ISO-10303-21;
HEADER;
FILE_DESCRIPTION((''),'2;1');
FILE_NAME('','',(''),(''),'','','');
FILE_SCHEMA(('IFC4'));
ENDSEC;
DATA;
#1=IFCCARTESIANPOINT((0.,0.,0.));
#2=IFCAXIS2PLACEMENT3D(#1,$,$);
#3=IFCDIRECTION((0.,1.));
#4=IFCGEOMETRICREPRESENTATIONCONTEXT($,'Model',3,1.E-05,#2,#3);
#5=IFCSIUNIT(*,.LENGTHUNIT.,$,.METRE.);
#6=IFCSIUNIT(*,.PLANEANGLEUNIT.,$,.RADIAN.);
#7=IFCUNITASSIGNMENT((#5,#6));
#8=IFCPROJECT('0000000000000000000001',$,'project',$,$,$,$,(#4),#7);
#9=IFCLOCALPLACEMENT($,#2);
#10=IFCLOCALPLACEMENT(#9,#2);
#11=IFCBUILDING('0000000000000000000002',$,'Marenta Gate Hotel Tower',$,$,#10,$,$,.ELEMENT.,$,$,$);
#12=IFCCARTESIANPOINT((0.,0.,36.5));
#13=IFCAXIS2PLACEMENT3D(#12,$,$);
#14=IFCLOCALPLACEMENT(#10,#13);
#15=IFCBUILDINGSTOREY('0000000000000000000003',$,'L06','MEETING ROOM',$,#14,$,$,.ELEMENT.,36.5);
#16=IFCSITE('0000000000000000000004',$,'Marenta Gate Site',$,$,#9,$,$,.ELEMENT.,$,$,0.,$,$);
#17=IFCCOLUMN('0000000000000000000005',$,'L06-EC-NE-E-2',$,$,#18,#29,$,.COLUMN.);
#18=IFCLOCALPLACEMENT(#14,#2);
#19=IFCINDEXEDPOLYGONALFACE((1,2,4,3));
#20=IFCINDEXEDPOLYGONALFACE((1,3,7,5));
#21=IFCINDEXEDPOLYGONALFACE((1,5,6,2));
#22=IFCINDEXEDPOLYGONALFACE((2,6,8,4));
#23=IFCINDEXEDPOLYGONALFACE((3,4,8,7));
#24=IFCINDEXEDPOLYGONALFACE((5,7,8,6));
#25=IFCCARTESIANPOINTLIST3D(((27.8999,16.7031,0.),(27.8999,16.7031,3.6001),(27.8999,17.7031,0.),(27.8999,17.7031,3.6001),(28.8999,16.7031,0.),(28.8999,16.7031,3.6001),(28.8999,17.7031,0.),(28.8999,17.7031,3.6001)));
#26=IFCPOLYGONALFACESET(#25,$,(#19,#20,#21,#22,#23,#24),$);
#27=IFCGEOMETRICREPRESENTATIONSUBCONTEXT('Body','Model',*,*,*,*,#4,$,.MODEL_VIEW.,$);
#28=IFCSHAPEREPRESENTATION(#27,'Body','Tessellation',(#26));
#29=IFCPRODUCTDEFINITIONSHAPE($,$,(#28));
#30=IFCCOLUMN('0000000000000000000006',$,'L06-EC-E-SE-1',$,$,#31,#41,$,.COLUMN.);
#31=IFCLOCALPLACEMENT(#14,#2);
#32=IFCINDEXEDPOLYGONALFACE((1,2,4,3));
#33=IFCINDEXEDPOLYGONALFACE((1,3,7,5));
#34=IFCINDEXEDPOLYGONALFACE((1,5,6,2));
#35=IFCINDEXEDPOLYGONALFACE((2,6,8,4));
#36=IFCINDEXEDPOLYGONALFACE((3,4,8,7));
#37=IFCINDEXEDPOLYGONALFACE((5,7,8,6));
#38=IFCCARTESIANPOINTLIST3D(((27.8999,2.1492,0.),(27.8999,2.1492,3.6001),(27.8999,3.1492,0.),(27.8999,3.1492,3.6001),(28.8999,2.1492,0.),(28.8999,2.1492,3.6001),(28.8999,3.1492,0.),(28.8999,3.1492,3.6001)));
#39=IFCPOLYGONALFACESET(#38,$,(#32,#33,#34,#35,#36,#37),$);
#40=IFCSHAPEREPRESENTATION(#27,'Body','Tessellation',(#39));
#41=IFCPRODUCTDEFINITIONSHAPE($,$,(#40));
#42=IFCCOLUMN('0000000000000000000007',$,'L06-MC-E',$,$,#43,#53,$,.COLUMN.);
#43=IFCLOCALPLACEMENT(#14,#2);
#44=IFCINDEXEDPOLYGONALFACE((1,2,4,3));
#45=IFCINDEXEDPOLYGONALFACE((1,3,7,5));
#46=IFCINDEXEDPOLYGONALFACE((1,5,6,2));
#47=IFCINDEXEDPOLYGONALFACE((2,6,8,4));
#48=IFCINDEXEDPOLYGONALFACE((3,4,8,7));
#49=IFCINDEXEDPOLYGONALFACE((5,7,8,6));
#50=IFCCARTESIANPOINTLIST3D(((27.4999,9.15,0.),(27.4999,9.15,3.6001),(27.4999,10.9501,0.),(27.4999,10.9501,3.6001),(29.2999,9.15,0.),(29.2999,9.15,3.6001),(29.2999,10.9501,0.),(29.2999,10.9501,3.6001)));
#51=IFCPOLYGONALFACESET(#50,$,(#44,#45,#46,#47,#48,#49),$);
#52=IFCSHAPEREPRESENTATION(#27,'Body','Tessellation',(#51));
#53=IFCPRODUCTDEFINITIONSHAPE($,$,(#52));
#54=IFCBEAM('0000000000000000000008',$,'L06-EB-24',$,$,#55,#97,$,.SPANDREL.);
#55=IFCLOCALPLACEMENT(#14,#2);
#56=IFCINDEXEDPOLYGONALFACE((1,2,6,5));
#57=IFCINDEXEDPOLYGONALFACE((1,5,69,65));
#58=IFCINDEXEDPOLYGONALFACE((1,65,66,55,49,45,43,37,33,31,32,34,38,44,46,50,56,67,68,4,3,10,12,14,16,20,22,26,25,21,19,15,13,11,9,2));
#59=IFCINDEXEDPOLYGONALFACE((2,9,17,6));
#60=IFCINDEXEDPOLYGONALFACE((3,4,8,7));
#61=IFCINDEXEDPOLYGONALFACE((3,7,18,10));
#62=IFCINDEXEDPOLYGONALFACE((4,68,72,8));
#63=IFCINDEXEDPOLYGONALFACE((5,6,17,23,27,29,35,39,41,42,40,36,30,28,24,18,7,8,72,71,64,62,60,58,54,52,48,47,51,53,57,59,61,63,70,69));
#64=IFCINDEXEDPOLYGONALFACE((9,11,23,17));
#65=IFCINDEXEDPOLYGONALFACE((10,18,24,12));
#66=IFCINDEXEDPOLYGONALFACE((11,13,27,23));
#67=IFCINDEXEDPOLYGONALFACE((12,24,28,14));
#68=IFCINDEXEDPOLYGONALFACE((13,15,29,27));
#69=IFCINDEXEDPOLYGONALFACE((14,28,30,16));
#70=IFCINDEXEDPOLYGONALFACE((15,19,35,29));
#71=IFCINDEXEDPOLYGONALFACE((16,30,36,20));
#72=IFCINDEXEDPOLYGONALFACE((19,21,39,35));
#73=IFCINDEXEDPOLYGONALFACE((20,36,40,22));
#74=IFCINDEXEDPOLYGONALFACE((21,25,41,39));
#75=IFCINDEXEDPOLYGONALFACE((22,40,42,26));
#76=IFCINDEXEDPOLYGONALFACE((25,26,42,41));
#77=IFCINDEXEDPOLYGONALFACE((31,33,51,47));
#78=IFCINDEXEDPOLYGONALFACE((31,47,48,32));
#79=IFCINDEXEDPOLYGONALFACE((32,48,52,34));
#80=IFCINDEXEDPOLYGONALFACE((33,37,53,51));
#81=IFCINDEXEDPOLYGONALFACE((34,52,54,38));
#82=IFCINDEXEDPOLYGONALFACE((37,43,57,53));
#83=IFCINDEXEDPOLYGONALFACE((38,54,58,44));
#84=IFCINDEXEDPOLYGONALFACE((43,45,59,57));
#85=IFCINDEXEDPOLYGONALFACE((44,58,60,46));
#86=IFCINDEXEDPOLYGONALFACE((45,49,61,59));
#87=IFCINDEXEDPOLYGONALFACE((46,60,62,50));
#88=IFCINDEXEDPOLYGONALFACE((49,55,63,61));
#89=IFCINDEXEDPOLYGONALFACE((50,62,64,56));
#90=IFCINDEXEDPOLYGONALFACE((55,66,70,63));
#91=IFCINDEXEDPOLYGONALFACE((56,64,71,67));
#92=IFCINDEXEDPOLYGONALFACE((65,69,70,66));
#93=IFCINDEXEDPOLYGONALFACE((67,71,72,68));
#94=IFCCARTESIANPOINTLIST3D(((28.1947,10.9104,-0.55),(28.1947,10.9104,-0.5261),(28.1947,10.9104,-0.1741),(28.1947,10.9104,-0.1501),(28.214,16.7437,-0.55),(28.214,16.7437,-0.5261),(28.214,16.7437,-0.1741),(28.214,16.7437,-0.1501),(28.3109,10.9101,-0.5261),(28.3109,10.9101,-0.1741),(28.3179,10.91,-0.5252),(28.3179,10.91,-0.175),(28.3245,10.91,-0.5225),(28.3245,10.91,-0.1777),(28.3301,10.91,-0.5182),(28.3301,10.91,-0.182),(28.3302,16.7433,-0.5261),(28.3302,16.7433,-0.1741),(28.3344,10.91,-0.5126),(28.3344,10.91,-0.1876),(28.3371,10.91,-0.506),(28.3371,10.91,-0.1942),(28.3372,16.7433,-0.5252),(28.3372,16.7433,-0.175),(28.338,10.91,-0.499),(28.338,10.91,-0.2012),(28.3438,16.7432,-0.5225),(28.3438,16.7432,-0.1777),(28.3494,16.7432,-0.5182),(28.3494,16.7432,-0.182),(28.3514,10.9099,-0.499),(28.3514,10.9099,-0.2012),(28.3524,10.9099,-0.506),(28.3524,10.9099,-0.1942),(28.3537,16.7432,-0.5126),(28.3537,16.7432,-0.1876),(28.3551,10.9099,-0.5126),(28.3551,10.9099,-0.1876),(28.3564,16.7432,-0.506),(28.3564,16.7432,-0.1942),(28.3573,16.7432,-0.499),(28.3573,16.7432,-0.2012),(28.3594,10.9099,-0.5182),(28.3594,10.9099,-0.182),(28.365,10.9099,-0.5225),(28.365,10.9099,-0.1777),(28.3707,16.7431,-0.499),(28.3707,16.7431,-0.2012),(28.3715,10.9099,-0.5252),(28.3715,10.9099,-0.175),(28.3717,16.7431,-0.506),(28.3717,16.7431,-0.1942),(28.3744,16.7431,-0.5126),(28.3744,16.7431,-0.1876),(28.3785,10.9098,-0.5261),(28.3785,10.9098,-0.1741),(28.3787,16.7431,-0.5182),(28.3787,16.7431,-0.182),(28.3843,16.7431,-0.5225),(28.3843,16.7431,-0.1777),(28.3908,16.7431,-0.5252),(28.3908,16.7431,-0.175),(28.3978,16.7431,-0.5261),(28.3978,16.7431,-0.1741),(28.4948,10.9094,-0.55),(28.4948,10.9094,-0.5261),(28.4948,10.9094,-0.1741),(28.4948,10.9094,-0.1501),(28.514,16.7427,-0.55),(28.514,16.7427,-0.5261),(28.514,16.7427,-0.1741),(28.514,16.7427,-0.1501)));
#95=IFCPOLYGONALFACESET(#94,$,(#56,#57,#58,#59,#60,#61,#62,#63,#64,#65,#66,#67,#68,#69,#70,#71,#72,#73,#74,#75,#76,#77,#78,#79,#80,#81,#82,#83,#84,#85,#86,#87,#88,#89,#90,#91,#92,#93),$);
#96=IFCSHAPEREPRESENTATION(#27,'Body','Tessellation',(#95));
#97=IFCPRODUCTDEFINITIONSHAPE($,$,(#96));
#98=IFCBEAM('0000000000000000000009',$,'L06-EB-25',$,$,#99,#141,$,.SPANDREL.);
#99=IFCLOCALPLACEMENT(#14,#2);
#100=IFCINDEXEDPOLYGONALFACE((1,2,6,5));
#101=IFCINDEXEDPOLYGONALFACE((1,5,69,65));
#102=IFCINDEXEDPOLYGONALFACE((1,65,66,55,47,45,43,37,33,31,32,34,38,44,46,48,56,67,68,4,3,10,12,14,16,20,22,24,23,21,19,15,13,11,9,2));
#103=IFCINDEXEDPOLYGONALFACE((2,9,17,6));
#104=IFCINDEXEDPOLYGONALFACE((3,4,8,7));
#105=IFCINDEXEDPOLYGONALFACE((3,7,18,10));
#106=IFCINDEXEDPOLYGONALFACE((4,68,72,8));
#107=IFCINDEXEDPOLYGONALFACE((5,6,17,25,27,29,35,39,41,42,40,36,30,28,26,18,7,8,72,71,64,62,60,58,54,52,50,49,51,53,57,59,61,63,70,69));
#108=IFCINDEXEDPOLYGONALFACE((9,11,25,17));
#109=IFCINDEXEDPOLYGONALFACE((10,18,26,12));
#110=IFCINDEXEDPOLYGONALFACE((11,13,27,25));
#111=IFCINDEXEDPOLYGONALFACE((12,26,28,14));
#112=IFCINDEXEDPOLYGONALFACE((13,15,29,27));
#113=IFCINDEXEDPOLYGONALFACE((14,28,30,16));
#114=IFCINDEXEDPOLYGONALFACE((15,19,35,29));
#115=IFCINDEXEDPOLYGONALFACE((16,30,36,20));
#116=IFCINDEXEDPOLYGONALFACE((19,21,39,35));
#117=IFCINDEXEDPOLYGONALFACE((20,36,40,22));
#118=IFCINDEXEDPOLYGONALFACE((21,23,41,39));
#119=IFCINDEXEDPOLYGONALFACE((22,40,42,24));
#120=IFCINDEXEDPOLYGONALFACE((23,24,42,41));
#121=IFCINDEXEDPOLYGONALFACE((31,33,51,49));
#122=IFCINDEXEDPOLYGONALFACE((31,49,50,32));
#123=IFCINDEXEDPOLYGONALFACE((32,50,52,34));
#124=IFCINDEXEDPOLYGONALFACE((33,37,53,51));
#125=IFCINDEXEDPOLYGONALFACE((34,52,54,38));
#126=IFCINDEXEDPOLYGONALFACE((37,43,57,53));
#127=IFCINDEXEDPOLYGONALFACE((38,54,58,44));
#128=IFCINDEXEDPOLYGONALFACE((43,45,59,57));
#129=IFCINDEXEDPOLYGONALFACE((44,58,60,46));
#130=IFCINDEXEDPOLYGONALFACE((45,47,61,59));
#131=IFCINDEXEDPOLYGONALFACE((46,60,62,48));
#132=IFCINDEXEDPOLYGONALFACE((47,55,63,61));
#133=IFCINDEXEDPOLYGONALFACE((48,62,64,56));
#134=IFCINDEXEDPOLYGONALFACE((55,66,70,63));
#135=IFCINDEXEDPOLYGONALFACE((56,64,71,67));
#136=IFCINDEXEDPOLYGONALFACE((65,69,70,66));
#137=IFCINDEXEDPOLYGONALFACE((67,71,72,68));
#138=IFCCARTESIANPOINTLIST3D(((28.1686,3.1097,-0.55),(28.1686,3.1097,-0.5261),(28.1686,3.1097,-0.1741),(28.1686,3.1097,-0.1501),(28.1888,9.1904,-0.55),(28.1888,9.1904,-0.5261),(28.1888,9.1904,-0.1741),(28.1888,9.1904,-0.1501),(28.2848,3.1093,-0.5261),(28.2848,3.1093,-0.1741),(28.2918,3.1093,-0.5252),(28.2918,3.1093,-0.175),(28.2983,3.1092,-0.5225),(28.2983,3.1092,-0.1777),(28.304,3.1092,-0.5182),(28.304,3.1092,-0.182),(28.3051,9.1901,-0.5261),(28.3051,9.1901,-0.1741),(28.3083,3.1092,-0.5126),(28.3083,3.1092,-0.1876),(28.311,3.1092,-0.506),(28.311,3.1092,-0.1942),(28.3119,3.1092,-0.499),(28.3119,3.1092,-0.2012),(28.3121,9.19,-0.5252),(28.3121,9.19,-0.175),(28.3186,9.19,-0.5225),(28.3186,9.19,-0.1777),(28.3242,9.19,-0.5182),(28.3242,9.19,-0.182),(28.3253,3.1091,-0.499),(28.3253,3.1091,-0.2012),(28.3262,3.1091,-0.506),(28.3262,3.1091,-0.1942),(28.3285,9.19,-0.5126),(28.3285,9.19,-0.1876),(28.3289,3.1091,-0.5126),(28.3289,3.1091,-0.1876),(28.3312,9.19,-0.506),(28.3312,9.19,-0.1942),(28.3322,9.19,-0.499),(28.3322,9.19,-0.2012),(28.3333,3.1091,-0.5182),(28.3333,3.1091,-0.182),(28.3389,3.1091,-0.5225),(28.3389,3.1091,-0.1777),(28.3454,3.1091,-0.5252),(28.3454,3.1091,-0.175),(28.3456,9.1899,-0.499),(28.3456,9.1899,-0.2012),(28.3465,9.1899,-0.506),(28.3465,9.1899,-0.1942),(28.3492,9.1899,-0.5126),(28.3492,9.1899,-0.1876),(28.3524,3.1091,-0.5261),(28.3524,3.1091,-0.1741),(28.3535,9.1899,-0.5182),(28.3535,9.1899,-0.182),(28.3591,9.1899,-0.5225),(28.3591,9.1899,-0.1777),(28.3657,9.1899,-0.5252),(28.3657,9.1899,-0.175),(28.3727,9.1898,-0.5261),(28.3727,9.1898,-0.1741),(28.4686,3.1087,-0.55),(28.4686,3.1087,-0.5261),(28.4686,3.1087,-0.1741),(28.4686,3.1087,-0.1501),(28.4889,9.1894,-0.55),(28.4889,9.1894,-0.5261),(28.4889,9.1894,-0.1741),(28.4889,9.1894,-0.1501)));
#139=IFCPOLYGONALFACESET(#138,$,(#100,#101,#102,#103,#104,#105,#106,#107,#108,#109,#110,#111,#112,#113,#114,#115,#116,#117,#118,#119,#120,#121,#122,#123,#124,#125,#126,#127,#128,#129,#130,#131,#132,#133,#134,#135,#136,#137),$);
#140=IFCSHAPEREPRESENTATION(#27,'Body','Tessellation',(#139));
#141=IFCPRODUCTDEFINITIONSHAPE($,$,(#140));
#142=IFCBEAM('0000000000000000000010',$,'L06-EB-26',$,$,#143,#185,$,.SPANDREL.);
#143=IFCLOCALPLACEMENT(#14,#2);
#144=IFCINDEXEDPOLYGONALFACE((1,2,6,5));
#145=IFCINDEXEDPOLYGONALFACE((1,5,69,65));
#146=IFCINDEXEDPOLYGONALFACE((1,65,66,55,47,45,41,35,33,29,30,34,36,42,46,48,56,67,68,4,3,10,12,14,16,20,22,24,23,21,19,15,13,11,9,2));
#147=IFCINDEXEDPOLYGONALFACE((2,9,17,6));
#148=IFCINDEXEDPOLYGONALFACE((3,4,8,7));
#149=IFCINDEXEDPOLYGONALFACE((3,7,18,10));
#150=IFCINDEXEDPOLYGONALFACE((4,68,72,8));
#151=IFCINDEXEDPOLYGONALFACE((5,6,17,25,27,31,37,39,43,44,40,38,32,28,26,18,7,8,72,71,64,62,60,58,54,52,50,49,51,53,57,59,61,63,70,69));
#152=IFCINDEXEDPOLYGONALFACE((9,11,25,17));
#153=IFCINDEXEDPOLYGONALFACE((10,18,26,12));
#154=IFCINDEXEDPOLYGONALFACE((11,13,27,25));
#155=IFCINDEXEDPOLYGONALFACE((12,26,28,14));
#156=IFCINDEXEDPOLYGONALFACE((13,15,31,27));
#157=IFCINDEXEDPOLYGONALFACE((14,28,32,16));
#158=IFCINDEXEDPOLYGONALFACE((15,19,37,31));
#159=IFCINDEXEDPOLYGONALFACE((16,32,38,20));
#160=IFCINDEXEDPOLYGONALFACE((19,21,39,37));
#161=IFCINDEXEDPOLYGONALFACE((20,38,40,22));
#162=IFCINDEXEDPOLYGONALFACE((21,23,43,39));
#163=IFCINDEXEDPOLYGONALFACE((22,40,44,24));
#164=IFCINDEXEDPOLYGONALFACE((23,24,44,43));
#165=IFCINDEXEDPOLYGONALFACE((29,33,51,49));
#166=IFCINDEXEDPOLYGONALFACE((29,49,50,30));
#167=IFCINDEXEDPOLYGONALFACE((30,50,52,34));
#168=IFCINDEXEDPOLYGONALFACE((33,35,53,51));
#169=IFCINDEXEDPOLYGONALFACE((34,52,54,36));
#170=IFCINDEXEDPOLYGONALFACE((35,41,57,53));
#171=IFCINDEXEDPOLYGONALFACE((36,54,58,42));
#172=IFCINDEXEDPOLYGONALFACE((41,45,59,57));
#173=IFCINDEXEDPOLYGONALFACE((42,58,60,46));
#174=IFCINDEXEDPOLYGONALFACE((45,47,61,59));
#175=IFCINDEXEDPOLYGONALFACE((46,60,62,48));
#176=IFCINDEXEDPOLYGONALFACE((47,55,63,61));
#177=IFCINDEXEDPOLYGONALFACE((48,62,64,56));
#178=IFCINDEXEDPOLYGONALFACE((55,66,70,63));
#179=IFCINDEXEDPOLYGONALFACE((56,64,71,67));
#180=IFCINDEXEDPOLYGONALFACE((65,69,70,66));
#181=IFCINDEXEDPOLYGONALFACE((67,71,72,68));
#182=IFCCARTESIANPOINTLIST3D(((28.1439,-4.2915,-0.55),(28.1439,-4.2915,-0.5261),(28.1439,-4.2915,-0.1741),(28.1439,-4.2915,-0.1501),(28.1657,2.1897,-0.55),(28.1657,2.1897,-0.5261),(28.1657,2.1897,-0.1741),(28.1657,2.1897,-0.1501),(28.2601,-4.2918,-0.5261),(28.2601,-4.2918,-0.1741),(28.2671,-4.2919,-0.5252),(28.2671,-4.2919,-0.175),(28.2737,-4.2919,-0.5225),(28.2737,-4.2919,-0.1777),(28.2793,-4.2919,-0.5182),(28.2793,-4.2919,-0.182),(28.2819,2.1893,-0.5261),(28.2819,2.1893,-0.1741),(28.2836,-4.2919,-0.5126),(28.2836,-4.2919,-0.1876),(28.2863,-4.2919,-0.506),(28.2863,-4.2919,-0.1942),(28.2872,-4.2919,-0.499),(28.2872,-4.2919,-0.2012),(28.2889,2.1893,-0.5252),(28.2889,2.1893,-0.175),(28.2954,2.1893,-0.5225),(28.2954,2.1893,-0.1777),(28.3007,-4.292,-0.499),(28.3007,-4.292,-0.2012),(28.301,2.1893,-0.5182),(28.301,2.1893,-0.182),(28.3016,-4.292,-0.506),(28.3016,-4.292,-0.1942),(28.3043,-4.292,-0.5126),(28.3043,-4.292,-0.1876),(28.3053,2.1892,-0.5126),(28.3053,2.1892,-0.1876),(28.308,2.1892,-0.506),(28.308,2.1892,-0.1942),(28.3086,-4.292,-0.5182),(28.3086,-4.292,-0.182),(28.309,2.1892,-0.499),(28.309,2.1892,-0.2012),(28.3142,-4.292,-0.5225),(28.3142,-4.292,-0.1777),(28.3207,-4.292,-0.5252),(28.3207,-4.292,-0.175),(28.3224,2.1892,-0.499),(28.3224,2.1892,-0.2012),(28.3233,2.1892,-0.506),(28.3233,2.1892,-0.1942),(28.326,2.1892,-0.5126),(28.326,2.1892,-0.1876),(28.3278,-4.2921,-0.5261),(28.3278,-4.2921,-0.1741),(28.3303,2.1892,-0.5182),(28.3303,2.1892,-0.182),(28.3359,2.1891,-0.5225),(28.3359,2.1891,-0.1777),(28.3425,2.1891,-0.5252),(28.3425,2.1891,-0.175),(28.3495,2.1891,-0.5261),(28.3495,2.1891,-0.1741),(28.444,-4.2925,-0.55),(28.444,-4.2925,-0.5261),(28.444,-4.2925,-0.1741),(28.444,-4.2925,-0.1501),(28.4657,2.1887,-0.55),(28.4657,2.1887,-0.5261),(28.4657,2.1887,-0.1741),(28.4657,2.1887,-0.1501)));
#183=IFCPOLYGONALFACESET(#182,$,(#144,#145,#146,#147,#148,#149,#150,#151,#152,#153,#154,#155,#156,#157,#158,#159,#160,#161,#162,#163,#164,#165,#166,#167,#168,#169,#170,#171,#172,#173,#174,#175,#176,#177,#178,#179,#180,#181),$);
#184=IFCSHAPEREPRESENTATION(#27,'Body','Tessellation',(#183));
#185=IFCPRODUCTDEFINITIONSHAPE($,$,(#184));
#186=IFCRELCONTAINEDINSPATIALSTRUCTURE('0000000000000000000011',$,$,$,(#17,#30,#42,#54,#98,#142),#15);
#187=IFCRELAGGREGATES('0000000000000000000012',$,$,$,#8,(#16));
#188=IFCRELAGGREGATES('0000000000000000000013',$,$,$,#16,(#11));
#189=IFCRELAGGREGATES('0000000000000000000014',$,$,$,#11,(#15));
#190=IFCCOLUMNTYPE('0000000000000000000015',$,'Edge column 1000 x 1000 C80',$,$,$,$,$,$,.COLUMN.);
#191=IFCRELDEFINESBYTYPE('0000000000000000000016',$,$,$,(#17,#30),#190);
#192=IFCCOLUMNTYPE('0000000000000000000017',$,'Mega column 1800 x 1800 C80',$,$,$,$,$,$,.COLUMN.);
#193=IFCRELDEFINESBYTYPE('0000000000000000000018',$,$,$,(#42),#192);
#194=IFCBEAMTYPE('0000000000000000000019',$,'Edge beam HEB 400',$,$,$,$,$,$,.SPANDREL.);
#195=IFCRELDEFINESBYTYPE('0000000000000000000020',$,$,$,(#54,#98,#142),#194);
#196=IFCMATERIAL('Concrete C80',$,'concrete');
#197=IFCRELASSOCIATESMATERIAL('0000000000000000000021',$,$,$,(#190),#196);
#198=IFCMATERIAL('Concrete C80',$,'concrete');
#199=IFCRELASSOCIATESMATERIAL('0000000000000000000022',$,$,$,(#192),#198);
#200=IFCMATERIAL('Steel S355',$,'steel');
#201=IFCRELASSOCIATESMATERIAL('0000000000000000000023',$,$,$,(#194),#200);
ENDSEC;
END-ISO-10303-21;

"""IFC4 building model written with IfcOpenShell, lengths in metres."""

from ifc_helpers import new_model, si_unit, direction, frame, origin, origin_2d, place, context, subcontext, project, spatial, rectangle, i_section, extrude, material, material_profile, profile_set, type_object, element, save


model = new_model("IFC4")

# Units and contexts
model_context = context("Model", 3, precision=1e-05, world=origin(), true_north=direction((0.0, 1.0)))
body_context = subcontext(model_context, "Body", "Model", "MODEL_VIEW")
ifc_project = project(units=[si_unit("LENGTHUNIT", "METRE"), si_unit("PLANEANGLEUNIT", "RADIAN")], contexts=[model_context])

# Site, building, storey
site_placement = place(None, origin())
site = spatial("IfcSite", under=ifc_project, at=site_placement, Name="Marenta Gate Site", CompositionType="ELEMENT", RefElevation=0.0)
building_placement = place(site_placement, origin())
building = spatial("IfcBuilding", under=site, at=building_placement, Name="Marenta Gate Hotel Tower", CompositionType="ELEMENT")
storey_placement = place(building_placement, frame((0.0, 0.0, 36.5)))
storey = spatial("IfcBuildingStorey", under=building, at=storey_placement, Name="L06", Description="MEETING ROOM", CompositionType="ELEMENT", Elevation=36.5)

# Columns
ifc_material_1 = material(Name="Concrete C80", Category="concrete")
ifc_material_profile_1 = material_profile(ifc_material_1, rectangle(XDim=1.0, YDim=1.0, at=origin_2d()), Name="1000 x 1000")
ifc_profile_set_1 = profile_set([ifc_material_profile_1], Name="Concrete C80")
column_type_1 = type_object("IfcColumnType", Name="Edge column 1000 x 1000 C80", PredefinedType="COLUMN", material=ifc_profile_set_1)
for number, where, z_axis, x_axis, name in (
    (1, (28.3999, 17.2031, 0.0), (0.0, 0.0, 1.0), (1.0, 0.0, 0.0), "L06-EC-NE-E-2"),
    (2, (28.3999, 2.6492, 0.0), (0.0, 0.0, 1.0), (1.0, 0.0, 0.0), "L06-EC-E-SE-1"),
):
    element("IfcColumn", number, at=place(storey_placement, frame(where, z_axis=z_axis, x_axis=x_axis)), inside=storey, type_object=column_type_1, Name=name, PredefinedType="COLUMN", context=body_context, shape_type="SweptSolid", body=[
        extrude(rectangle(XDim=1.0, YDim=1.0, at=origin_2d()), origin(), (0.0, 0.0, 1.0), 3.6001),
    ])
ifc_material_2 = material(Name="Concrete C80", Category="concrete")
ifc_material_profile_2 = material_profile(ifc_material_2, rectangle(XDim=1.8, YDim=1.8, at=origin_2d()), Name="1800 x 1800")
ifc_profile_set_2 = profile_set([ifc_material_profile_2], Name="Concrete C80")
column_type_2 = type_object("IfcColumnType", Name="Mega column 1800 x 1800 C80", PredefinedType="COLUMN", material=ifc_profile_set_2)
column_placement = place(storey_placement, frame((28.3999, 10.05, 0.0), z_axis=(0.0, 0.0, 1.0), x_axis=(1.0, 0.0, 0.0)))
element("IfcColumn", 3, at=column_placement, inside=storey, type_object=column_type_2, Name="L06-MC-E", PredefinedType="COLUMN", context=body_context, shape_type="SweptSolid", body=[
    extrude(rectangle(XDim=1.8, YDim=1.8, at=origin_2d()), origin(), (0.0, 0.0, 1.0), 3.6001),
])

# Beams
ifc_material_3 = material(Name="Steel S355", Category="steel")
ifc_material_profile_3 = material_profile(ifc_material_3, i_section(OverallWidth=0.3, OverallDepth=0.3999, WebThickness=0.0134, FlangeThickness=0.0239, FilletRadius=0.0271, at=origin_2d()), Name="HEB 400")
ifc_profile_set_3 = profile_set([ifc_material_profile_3], Name="Steel S355")
beam_type_1 = type_object("IfcBeamType", Name="Edge beam HEB 400", PredefinedType="SPANDREL", material=ifc_profile_set_3)
beam_1_placement = place(storey_placement, frame((28.364, 16.7432, -0.3501), z_axis=(-0.003306, -0.999995, 0.0), x_axis=(0.999995, -0.003306, 0.0)))
element("IfcBeam", 4, at=beam_1_placement, inside=storey, type_object=beam_type_1, Name="L06-EB-24", PredefinedType="SPANDREL", context=body_context, shape_type="SweptSolid", body=[
    extrude(i_section(OverallWidth=0.3, OverallDepth=0.3999, WebThickness=0.0134, FlangeThickness=0.0239, FilletRadius=0.0271, at=origin_2d()), origin(), (0.0, 0.0, 1.0), 5.8333),
])
beam_2_placement = place(storey_placement, frame((28.3389, 9.1899, -0.3501), z_axis=(-0.003332, -0.999994, 0.0), x_axis=(0.999994, -0.003332, 0.0)))
element("IfcBeam", 5, at=beam_2_placement, inside=storey, type_object=beam_type_1, Name="L06-EB-25", PredefinedType="SPANDREL", context=body_context, shape_type="SweptSolid", body=[
    extrude(i_section(OverallWidth=0.3, OverallDepth=0.3999, WebThickness=0.0134, FlangeThickness=0.0239, FilletRadius=0.0271, at=origin_2d()), origin(), (0.0, 0.0, 1.0), 6.0808),
])
beam_3_placement = place(storey_placement, frame((28.3157, 2.1892, -0.3501), z_axis=(-0.003353, -0.999994, 0.0), x_axis=(0.999994, -0.003353, 0.0)))
element("IfcBeam", 6, at=beam_3_placement, inside=storey, type_object=beam_type_1, Name="L06-EB-26", PredefinedType="SPANDREL", context=body_context, shape_type="SweptSolid", body=[
    extrude(i_section(OverallWidth=0.3, OverallDepth=0.3999, WebThickness=0.0134, FlangeThickness=0.0239, FilletRadius=0.0271, at=origin_2d()), origin(), (0.0, 0.0, 1.0), 6.4812),
])

save(model, "model.ifc")
